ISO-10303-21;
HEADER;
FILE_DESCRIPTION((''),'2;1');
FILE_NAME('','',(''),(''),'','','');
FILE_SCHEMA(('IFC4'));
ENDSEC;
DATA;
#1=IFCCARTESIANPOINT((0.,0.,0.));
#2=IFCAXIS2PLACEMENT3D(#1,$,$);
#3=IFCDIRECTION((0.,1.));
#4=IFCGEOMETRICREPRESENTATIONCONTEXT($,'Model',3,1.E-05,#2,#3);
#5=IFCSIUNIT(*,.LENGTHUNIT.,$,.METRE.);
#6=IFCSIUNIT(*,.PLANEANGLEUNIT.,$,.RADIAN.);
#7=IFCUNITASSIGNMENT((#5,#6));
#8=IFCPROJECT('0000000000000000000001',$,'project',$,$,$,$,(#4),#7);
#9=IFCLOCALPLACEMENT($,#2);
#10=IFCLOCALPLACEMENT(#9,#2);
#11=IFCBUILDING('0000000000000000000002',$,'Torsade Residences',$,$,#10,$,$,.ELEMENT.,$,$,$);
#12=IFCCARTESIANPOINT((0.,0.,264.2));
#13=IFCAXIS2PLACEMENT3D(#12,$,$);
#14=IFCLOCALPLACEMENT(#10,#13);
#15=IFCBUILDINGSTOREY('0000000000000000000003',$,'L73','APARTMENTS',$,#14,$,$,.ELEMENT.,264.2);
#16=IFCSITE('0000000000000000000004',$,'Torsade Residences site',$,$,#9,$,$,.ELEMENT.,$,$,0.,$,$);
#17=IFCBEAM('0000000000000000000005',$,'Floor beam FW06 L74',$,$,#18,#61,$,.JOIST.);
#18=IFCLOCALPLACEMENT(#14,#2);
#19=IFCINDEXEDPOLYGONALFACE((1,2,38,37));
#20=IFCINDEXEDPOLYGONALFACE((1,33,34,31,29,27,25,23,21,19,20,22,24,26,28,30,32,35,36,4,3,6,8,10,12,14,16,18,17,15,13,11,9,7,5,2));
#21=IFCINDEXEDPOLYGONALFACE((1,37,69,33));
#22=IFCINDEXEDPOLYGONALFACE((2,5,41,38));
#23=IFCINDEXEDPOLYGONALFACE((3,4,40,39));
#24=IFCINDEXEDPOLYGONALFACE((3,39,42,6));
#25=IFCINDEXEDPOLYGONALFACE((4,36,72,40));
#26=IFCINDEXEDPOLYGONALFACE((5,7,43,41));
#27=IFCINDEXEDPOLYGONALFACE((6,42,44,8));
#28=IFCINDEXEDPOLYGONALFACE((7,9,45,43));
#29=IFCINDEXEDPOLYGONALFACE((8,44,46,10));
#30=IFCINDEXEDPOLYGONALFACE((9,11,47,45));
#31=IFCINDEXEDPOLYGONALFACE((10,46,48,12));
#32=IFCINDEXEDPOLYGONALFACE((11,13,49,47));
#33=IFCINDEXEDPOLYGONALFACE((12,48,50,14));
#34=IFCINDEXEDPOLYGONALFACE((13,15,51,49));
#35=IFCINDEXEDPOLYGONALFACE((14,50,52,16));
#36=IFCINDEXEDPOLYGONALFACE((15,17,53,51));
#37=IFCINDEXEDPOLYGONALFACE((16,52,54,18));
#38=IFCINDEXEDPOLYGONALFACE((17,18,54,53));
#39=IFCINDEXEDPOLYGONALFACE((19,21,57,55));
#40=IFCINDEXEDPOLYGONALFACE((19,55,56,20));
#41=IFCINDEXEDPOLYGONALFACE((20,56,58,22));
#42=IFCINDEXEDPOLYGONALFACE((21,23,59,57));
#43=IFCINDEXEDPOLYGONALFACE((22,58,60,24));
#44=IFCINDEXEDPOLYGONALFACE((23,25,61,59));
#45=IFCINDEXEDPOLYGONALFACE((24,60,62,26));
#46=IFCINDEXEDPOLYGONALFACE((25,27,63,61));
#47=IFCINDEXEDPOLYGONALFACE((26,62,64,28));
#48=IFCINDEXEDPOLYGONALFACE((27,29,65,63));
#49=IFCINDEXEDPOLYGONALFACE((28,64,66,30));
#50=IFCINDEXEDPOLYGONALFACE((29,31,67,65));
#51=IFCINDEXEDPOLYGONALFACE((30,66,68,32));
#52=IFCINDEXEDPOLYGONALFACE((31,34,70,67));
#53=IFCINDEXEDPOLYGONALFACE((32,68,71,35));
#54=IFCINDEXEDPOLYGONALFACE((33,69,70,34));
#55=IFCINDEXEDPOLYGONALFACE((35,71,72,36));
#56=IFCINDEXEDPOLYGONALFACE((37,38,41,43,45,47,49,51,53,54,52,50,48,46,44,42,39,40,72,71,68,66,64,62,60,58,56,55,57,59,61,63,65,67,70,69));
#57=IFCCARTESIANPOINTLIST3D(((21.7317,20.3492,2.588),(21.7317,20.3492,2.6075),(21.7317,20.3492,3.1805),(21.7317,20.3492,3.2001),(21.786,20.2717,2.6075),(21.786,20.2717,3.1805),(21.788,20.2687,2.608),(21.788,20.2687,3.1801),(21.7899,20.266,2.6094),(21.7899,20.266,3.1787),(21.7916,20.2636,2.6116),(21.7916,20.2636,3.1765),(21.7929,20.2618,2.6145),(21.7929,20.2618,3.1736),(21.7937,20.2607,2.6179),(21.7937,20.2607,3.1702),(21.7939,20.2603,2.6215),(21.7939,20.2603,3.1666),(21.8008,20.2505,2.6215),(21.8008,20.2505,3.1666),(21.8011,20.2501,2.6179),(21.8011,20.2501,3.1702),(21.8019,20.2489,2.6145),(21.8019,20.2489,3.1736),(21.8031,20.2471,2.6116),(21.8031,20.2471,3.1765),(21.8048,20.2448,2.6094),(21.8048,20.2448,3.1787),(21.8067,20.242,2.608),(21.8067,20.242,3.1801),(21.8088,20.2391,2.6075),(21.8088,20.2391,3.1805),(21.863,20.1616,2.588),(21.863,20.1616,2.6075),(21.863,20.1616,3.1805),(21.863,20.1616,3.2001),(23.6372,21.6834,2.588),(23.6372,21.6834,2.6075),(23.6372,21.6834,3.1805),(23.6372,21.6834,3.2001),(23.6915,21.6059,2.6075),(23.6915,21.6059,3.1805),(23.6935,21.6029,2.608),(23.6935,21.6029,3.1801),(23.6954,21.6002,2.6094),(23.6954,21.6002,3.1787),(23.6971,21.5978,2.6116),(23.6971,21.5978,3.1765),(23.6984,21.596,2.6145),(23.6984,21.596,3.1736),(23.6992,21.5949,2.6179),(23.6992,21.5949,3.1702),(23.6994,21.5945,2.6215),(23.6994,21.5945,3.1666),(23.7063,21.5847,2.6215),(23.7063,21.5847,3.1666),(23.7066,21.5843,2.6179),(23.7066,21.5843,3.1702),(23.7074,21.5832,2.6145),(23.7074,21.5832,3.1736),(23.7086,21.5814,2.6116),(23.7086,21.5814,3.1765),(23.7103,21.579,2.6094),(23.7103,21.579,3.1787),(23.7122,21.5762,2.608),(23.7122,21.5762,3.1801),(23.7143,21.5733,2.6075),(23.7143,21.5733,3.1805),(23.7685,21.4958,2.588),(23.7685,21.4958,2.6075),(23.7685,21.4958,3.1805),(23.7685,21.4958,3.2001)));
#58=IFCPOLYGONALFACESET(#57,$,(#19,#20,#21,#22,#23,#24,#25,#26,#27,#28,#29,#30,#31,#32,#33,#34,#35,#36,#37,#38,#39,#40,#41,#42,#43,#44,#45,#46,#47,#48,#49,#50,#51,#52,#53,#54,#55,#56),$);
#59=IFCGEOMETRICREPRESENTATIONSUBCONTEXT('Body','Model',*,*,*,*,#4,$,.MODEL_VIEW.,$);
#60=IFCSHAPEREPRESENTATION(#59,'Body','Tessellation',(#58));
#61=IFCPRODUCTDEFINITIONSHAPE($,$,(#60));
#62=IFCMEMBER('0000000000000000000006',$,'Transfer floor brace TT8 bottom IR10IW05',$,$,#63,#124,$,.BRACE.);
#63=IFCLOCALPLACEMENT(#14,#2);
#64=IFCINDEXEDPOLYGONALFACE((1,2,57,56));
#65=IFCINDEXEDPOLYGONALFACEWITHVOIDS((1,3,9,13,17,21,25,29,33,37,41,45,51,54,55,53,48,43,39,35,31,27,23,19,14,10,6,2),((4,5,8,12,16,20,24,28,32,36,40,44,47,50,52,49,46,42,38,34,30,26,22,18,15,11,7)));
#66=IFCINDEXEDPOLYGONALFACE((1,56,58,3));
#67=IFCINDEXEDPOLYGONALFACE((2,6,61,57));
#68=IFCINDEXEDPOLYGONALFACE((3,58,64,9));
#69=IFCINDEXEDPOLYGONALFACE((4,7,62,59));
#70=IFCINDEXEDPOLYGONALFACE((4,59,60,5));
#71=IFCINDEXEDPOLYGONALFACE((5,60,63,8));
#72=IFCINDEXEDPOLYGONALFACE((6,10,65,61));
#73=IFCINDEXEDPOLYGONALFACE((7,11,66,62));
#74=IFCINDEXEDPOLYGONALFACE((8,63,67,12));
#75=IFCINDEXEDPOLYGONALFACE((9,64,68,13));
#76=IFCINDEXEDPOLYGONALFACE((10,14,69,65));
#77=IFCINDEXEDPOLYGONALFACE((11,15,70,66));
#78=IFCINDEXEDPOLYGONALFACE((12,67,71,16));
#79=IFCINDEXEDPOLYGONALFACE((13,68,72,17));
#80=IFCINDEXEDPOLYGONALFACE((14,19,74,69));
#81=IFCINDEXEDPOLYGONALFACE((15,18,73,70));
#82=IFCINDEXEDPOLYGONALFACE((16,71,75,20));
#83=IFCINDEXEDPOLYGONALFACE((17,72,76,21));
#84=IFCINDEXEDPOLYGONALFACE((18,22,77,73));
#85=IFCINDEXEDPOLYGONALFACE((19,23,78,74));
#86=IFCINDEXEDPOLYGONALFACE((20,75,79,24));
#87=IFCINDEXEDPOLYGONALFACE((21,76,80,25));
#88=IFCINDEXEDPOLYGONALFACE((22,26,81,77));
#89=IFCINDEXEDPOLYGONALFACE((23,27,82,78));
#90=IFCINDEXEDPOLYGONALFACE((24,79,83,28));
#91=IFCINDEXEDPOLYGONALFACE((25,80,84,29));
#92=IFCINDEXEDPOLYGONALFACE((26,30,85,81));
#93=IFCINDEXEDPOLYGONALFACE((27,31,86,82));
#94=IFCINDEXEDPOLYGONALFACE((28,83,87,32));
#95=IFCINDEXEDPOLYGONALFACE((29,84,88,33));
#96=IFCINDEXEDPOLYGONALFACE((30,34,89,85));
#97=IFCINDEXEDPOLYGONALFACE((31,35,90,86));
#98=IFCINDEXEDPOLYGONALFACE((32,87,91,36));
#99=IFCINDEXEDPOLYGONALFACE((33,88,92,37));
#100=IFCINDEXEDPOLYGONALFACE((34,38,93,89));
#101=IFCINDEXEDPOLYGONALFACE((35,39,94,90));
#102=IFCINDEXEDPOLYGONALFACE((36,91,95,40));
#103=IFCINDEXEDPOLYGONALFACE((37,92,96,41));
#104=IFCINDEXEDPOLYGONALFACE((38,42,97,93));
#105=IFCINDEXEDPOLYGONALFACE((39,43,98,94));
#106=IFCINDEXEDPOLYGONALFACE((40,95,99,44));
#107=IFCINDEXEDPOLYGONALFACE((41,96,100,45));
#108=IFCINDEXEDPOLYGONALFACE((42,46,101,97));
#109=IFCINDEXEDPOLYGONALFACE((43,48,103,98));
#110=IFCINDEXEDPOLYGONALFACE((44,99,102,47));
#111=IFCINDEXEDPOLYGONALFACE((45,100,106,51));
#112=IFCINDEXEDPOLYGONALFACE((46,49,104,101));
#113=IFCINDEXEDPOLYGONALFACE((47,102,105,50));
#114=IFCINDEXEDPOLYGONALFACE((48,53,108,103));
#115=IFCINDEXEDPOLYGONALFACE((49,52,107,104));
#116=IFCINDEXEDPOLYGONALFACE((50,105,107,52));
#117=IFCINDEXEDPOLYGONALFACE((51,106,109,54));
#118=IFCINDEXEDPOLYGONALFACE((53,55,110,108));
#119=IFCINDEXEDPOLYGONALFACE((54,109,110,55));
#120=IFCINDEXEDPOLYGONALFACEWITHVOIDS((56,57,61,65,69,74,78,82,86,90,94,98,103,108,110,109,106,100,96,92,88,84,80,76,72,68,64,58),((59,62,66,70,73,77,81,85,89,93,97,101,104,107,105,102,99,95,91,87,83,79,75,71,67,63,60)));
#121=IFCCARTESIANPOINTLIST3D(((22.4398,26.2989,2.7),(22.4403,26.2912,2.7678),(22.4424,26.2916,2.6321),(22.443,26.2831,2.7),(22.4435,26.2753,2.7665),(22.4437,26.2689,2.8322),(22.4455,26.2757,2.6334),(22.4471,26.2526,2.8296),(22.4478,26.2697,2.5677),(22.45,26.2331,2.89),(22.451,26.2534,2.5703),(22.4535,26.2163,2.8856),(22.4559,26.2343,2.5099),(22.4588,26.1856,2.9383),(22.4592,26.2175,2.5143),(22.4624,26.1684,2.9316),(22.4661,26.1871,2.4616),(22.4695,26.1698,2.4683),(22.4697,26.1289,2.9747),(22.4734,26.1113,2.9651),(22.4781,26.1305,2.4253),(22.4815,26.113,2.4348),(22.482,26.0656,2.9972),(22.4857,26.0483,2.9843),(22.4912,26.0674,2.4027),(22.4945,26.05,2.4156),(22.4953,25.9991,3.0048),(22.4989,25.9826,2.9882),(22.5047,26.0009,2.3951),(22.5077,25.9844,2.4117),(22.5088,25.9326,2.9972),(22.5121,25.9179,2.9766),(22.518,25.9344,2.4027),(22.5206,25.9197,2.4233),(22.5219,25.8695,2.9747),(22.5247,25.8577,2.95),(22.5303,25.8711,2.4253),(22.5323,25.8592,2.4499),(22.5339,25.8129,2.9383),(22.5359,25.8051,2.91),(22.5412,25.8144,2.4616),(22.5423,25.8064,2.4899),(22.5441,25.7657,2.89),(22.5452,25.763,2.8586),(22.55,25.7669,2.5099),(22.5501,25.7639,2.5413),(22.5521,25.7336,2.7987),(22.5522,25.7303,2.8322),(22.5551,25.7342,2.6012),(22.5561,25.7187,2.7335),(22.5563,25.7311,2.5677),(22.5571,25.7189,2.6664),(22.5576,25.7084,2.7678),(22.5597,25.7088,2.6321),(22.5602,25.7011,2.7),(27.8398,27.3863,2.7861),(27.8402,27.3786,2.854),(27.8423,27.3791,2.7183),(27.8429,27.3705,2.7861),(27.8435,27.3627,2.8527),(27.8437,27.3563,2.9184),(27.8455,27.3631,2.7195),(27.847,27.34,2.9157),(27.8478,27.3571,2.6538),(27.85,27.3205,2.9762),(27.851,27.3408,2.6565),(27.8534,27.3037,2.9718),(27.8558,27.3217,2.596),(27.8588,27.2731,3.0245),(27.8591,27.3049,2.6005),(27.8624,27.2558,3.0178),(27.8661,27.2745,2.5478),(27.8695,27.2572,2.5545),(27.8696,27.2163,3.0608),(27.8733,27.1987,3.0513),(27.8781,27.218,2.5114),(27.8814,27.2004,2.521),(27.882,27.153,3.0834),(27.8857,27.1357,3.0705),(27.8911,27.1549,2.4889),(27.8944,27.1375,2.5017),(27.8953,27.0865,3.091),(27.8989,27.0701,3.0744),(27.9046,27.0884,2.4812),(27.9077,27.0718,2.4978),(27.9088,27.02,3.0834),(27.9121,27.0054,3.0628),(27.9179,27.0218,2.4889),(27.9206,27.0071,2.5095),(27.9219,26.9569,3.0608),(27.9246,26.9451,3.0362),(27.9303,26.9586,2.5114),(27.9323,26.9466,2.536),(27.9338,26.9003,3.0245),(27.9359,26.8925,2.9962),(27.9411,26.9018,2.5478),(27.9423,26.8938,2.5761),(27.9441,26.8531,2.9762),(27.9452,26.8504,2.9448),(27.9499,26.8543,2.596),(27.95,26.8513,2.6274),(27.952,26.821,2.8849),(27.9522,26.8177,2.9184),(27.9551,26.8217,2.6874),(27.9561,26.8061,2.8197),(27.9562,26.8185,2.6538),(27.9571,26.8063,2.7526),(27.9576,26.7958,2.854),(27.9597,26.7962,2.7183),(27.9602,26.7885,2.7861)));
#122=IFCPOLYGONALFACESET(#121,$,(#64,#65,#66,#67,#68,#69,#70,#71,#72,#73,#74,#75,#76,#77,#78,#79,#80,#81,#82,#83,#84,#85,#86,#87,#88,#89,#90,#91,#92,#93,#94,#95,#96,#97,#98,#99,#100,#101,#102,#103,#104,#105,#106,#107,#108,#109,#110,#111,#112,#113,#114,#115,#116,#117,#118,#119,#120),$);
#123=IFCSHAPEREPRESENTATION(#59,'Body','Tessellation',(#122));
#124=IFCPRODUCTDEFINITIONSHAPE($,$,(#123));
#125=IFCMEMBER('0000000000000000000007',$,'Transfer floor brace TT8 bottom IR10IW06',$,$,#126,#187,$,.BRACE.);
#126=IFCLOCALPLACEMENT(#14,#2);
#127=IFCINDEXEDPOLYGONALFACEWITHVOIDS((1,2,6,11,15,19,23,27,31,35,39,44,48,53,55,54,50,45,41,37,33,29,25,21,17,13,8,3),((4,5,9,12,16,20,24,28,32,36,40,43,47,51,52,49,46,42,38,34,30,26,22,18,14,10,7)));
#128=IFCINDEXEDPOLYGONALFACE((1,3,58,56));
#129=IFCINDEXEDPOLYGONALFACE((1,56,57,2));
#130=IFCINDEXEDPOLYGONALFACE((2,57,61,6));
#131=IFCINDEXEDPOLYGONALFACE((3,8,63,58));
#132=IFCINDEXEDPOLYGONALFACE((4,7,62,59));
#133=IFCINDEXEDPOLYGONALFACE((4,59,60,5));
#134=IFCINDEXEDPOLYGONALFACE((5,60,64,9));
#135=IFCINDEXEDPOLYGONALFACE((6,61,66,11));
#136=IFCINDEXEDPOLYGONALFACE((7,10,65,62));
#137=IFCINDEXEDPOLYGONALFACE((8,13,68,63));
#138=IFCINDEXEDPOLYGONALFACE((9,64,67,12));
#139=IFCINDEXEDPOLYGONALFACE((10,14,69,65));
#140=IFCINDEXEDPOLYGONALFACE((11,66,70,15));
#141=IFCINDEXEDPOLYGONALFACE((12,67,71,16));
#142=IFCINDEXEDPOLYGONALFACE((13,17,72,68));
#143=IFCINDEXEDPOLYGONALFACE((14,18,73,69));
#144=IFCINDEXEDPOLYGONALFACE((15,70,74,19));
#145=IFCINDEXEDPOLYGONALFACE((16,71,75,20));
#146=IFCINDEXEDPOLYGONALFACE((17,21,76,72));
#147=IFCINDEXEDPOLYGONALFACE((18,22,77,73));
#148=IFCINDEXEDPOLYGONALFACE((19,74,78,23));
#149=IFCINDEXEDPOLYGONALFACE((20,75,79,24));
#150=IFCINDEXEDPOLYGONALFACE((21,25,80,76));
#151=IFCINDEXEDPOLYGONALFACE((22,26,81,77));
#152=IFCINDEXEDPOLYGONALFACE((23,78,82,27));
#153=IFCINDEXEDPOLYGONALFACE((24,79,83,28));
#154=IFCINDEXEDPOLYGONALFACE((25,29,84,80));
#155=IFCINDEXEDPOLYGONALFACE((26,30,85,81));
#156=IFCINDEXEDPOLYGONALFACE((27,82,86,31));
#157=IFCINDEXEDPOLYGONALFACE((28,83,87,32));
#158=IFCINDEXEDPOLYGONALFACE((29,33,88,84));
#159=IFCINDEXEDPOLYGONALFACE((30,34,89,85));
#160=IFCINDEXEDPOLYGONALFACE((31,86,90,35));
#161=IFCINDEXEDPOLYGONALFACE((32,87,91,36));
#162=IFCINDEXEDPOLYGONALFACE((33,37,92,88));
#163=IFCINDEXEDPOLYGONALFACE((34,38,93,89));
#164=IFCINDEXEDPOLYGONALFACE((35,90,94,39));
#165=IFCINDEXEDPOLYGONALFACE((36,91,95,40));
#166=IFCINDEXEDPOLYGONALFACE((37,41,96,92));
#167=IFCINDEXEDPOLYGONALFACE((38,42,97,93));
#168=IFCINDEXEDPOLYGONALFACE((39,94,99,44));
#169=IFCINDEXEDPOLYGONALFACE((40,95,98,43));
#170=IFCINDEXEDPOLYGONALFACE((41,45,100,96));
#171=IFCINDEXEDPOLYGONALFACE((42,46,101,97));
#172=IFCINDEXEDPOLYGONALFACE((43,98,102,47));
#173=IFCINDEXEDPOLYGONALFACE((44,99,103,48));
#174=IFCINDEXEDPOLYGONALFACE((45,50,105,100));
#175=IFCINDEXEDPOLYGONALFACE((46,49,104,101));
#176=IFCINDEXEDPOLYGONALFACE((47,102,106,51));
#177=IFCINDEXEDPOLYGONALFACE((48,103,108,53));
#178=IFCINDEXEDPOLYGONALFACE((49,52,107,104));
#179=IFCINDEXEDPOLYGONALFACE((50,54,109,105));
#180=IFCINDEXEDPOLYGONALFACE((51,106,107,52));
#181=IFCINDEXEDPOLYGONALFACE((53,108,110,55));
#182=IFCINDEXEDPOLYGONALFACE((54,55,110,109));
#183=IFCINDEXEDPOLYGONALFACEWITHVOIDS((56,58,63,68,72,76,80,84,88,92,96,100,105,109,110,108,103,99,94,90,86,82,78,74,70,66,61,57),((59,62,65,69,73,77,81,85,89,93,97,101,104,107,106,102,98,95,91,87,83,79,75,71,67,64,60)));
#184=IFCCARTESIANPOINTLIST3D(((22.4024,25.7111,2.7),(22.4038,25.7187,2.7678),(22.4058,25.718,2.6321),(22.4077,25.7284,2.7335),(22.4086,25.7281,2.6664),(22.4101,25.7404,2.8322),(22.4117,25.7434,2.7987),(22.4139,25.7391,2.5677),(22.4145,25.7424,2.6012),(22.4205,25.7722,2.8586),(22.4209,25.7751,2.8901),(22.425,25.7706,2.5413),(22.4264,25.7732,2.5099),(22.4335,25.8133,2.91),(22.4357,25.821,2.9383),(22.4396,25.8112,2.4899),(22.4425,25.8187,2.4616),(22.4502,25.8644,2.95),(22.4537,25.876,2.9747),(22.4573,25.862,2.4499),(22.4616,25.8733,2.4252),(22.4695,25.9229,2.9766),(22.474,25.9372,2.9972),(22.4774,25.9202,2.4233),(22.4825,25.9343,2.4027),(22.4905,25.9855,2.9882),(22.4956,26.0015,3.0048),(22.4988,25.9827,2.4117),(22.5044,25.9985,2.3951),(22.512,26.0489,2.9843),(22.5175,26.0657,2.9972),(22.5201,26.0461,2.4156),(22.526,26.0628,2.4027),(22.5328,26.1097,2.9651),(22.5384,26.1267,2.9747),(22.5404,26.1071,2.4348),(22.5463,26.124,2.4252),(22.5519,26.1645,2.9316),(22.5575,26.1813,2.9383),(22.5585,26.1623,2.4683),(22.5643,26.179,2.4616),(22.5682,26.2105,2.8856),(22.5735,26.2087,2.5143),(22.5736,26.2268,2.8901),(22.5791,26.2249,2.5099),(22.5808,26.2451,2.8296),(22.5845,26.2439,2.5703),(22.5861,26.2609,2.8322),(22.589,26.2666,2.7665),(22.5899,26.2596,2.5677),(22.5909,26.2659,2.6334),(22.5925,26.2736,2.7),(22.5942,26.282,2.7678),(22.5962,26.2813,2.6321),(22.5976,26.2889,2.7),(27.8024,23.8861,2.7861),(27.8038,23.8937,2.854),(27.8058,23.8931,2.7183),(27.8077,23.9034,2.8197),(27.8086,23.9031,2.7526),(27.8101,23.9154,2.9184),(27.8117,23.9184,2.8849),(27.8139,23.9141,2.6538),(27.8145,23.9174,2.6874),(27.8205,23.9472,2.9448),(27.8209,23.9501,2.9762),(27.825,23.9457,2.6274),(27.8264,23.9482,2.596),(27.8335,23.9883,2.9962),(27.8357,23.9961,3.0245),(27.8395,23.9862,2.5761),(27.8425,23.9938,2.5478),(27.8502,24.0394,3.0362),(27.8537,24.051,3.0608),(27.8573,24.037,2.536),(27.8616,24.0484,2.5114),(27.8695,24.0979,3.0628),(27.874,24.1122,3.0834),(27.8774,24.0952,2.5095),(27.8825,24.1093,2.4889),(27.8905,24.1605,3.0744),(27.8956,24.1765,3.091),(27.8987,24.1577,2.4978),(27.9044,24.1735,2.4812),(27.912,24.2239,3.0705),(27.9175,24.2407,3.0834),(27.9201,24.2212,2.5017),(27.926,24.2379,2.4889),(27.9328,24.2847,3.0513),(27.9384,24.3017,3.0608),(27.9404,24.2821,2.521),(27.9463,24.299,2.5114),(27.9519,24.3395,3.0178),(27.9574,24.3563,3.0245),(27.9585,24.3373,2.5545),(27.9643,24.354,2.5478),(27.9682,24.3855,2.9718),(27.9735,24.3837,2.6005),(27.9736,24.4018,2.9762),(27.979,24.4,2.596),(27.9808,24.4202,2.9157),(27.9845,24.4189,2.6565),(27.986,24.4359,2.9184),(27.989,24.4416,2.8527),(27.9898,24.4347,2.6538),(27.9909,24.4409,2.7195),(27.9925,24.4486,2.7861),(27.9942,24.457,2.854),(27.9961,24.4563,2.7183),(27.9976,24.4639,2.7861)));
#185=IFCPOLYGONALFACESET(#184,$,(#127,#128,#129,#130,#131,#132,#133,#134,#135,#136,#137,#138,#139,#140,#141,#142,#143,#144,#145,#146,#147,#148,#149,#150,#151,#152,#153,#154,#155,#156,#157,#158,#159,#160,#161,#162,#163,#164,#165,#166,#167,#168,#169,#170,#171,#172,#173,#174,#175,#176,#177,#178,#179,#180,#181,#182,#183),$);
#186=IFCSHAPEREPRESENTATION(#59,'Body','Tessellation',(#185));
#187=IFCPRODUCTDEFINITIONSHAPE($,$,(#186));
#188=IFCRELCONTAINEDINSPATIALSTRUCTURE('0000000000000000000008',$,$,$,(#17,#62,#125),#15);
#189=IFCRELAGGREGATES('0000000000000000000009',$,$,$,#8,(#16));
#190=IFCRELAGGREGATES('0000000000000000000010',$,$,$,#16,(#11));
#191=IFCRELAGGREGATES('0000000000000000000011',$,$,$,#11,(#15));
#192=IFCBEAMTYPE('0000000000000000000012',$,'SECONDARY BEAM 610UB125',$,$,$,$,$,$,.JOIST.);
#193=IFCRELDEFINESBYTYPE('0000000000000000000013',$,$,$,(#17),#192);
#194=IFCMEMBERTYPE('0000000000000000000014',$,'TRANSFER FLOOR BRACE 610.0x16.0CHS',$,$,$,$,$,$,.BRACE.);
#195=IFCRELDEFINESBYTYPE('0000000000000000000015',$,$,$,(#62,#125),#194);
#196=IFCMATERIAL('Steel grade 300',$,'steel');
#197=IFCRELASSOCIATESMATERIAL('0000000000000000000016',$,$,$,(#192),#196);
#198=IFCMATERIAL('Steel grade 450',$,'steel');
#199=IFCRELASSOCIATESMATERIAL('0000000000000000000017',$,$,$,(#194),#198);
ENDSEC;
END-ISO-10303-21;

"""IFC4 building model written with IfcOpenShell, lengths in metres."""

from ifc_helpers import new_model, si_unit, direction, frame, origin, origin_2d, place, context, subcontext, project, spatial, hollow_circle, i_section, extrude, material, material_profile, profile_set, type_object, element, save


model = new_model("IFC4")

# Units and contexts
model_context = context("Model", 3, precision=1e-05, world=origin(), true_north=direction((0.0, 1.0)))
body_context = subcontext(model_context, "Body", "Model", "MODEL_VIEW")
ifc_project = project(units=[si_unit("LENGTHUNIT", "METRE"), si_unit("PLANEANGLEUNIT", "RADIAN")], contexts=[model_context])

# Site, building, storey
site_placement = place(None, origin())
site = spatial("IfcSite", under=ifc_project, at=site_placement, Name="Torsade Residences site", CompositionType="ELEMENT", RefElevation=0.0)
building_placement = place(site_placement, origin())
building = spatial("IfcBuilding", under=site, at=building_placement, Name="Torsade Residences", CompositionType="ELEMENT")
storey_placement = place(building_placement, frame((0.0, 0.0, 264.2)))
storey = spatial("IfcBuildingStorey", under=building, at=storey_placement, Name="L73", Description="APARTMENTS", CompositionType="ELEMENT", Elevation=264.2)

# Beam
ifc_material_1 = material(Name="Steel grade 300", Category="steel")
ifc_material_profile_1 = material_profile(ifc_material_1, i_section(OverallWidth=0.229, OverallDepth=0.6121, WebThickness=0.012, FlangeThickness=0.0195, FilletRadius=0.0139, at=origin_2d()), Name="610UB125")
ifc_profile_set_1 = profile_set([ifc_material_profile_1], Name="Steel grade 300")
beam_type_1 = type_object("IfcBeamType", Name="SECONDARY BEAM 610UB125", PredefinedType="JOIST", material=ifc_profile_set_1)
beam_1_placement = place(storey_placement, frame((21.7974, 20.2554, 2.894), z_axis=(0.819158, 0.573568, 0.0), x_axis=(-0.573568, 0.819158, 0.0)))
element("IfcBeam", 1, at=beam_1_placement, inside=storey, type_object=beam_type_1, Name="Floor beam FW06 L74", PredefinedType="JOIST", context=body_context, shape_type="SweptSolid", body=[
    extrude(i_section(OverallWidth=0.229, OverallDepth=0.6121, WebThickness=0.012, FlangeThickness=0.0195, FilletRadius=0.0139, at=origin_2d()), origin(), (0.0, 0.0, 1.0), 2.3262),
])

# Members
ifc_material_2 = material(Name="Steel grade 450", Category="steel")
ifc_material_profile_2 = material_profile(ifc_material_2, hollow_circle(Radius=0.3049, WallThickness=0.0161, at=origin_2d()), Name="610.0x16.0CHS")
ifc_profile_set_2 = profile_set([ifc_material_profile_2], Name="Steel grade 450")
member_type_1 = type_object("IfcMemberType", Name="TRANSFER FLOOR BRACE 610.0x16.0CHS", PredefinedType="BRACE", material=ifc_profile_set_2)
member_1_placement = place(storey_placement, frame((22.5, 26.0, 2.7), z_axis=(0.980201, 0.197387, 0.015644), x_axis=(-0.197412, 0.980321, 0.0)))
element("IfcMember", 2, at=member_1_placement, inside=storey, type_object=member_type_1, Name="Transfer floor brace TT8 bottom IR10IW05", PredefinedType="BRACE", context=body_context, shape_type="SweptSolid", body=[
    extrude(hollow_circle(Radius=0.3049, WallThickness=0.0161, at=origin_2d()), origin(), (0.0, 0.0, 1.0), 5.509),
])
member_2_placement = place(storey_placement, frame((22.5, 26.0, 2.7), z_axis=(0.947252, -0.320133, 0.015118), x_axis=(0.32017, 0.94736, 0.0)))
element("IfcMember", 3, at=member_2_placement, inside=storey, type_object=member_type_1, Name="Transfer floor brace TT8 bottom IR10IW06", PredefinedType="BRACE", context=body_context, shape_type="SweptSolid", body=[
    extrude(hollow_circle(Radius=0.3049, WallThickness=0.0161, at=origin_2d()), origin(), (0.0, 0.0, 1.0), 5.7007),
])

save(model, "model.ifc")
